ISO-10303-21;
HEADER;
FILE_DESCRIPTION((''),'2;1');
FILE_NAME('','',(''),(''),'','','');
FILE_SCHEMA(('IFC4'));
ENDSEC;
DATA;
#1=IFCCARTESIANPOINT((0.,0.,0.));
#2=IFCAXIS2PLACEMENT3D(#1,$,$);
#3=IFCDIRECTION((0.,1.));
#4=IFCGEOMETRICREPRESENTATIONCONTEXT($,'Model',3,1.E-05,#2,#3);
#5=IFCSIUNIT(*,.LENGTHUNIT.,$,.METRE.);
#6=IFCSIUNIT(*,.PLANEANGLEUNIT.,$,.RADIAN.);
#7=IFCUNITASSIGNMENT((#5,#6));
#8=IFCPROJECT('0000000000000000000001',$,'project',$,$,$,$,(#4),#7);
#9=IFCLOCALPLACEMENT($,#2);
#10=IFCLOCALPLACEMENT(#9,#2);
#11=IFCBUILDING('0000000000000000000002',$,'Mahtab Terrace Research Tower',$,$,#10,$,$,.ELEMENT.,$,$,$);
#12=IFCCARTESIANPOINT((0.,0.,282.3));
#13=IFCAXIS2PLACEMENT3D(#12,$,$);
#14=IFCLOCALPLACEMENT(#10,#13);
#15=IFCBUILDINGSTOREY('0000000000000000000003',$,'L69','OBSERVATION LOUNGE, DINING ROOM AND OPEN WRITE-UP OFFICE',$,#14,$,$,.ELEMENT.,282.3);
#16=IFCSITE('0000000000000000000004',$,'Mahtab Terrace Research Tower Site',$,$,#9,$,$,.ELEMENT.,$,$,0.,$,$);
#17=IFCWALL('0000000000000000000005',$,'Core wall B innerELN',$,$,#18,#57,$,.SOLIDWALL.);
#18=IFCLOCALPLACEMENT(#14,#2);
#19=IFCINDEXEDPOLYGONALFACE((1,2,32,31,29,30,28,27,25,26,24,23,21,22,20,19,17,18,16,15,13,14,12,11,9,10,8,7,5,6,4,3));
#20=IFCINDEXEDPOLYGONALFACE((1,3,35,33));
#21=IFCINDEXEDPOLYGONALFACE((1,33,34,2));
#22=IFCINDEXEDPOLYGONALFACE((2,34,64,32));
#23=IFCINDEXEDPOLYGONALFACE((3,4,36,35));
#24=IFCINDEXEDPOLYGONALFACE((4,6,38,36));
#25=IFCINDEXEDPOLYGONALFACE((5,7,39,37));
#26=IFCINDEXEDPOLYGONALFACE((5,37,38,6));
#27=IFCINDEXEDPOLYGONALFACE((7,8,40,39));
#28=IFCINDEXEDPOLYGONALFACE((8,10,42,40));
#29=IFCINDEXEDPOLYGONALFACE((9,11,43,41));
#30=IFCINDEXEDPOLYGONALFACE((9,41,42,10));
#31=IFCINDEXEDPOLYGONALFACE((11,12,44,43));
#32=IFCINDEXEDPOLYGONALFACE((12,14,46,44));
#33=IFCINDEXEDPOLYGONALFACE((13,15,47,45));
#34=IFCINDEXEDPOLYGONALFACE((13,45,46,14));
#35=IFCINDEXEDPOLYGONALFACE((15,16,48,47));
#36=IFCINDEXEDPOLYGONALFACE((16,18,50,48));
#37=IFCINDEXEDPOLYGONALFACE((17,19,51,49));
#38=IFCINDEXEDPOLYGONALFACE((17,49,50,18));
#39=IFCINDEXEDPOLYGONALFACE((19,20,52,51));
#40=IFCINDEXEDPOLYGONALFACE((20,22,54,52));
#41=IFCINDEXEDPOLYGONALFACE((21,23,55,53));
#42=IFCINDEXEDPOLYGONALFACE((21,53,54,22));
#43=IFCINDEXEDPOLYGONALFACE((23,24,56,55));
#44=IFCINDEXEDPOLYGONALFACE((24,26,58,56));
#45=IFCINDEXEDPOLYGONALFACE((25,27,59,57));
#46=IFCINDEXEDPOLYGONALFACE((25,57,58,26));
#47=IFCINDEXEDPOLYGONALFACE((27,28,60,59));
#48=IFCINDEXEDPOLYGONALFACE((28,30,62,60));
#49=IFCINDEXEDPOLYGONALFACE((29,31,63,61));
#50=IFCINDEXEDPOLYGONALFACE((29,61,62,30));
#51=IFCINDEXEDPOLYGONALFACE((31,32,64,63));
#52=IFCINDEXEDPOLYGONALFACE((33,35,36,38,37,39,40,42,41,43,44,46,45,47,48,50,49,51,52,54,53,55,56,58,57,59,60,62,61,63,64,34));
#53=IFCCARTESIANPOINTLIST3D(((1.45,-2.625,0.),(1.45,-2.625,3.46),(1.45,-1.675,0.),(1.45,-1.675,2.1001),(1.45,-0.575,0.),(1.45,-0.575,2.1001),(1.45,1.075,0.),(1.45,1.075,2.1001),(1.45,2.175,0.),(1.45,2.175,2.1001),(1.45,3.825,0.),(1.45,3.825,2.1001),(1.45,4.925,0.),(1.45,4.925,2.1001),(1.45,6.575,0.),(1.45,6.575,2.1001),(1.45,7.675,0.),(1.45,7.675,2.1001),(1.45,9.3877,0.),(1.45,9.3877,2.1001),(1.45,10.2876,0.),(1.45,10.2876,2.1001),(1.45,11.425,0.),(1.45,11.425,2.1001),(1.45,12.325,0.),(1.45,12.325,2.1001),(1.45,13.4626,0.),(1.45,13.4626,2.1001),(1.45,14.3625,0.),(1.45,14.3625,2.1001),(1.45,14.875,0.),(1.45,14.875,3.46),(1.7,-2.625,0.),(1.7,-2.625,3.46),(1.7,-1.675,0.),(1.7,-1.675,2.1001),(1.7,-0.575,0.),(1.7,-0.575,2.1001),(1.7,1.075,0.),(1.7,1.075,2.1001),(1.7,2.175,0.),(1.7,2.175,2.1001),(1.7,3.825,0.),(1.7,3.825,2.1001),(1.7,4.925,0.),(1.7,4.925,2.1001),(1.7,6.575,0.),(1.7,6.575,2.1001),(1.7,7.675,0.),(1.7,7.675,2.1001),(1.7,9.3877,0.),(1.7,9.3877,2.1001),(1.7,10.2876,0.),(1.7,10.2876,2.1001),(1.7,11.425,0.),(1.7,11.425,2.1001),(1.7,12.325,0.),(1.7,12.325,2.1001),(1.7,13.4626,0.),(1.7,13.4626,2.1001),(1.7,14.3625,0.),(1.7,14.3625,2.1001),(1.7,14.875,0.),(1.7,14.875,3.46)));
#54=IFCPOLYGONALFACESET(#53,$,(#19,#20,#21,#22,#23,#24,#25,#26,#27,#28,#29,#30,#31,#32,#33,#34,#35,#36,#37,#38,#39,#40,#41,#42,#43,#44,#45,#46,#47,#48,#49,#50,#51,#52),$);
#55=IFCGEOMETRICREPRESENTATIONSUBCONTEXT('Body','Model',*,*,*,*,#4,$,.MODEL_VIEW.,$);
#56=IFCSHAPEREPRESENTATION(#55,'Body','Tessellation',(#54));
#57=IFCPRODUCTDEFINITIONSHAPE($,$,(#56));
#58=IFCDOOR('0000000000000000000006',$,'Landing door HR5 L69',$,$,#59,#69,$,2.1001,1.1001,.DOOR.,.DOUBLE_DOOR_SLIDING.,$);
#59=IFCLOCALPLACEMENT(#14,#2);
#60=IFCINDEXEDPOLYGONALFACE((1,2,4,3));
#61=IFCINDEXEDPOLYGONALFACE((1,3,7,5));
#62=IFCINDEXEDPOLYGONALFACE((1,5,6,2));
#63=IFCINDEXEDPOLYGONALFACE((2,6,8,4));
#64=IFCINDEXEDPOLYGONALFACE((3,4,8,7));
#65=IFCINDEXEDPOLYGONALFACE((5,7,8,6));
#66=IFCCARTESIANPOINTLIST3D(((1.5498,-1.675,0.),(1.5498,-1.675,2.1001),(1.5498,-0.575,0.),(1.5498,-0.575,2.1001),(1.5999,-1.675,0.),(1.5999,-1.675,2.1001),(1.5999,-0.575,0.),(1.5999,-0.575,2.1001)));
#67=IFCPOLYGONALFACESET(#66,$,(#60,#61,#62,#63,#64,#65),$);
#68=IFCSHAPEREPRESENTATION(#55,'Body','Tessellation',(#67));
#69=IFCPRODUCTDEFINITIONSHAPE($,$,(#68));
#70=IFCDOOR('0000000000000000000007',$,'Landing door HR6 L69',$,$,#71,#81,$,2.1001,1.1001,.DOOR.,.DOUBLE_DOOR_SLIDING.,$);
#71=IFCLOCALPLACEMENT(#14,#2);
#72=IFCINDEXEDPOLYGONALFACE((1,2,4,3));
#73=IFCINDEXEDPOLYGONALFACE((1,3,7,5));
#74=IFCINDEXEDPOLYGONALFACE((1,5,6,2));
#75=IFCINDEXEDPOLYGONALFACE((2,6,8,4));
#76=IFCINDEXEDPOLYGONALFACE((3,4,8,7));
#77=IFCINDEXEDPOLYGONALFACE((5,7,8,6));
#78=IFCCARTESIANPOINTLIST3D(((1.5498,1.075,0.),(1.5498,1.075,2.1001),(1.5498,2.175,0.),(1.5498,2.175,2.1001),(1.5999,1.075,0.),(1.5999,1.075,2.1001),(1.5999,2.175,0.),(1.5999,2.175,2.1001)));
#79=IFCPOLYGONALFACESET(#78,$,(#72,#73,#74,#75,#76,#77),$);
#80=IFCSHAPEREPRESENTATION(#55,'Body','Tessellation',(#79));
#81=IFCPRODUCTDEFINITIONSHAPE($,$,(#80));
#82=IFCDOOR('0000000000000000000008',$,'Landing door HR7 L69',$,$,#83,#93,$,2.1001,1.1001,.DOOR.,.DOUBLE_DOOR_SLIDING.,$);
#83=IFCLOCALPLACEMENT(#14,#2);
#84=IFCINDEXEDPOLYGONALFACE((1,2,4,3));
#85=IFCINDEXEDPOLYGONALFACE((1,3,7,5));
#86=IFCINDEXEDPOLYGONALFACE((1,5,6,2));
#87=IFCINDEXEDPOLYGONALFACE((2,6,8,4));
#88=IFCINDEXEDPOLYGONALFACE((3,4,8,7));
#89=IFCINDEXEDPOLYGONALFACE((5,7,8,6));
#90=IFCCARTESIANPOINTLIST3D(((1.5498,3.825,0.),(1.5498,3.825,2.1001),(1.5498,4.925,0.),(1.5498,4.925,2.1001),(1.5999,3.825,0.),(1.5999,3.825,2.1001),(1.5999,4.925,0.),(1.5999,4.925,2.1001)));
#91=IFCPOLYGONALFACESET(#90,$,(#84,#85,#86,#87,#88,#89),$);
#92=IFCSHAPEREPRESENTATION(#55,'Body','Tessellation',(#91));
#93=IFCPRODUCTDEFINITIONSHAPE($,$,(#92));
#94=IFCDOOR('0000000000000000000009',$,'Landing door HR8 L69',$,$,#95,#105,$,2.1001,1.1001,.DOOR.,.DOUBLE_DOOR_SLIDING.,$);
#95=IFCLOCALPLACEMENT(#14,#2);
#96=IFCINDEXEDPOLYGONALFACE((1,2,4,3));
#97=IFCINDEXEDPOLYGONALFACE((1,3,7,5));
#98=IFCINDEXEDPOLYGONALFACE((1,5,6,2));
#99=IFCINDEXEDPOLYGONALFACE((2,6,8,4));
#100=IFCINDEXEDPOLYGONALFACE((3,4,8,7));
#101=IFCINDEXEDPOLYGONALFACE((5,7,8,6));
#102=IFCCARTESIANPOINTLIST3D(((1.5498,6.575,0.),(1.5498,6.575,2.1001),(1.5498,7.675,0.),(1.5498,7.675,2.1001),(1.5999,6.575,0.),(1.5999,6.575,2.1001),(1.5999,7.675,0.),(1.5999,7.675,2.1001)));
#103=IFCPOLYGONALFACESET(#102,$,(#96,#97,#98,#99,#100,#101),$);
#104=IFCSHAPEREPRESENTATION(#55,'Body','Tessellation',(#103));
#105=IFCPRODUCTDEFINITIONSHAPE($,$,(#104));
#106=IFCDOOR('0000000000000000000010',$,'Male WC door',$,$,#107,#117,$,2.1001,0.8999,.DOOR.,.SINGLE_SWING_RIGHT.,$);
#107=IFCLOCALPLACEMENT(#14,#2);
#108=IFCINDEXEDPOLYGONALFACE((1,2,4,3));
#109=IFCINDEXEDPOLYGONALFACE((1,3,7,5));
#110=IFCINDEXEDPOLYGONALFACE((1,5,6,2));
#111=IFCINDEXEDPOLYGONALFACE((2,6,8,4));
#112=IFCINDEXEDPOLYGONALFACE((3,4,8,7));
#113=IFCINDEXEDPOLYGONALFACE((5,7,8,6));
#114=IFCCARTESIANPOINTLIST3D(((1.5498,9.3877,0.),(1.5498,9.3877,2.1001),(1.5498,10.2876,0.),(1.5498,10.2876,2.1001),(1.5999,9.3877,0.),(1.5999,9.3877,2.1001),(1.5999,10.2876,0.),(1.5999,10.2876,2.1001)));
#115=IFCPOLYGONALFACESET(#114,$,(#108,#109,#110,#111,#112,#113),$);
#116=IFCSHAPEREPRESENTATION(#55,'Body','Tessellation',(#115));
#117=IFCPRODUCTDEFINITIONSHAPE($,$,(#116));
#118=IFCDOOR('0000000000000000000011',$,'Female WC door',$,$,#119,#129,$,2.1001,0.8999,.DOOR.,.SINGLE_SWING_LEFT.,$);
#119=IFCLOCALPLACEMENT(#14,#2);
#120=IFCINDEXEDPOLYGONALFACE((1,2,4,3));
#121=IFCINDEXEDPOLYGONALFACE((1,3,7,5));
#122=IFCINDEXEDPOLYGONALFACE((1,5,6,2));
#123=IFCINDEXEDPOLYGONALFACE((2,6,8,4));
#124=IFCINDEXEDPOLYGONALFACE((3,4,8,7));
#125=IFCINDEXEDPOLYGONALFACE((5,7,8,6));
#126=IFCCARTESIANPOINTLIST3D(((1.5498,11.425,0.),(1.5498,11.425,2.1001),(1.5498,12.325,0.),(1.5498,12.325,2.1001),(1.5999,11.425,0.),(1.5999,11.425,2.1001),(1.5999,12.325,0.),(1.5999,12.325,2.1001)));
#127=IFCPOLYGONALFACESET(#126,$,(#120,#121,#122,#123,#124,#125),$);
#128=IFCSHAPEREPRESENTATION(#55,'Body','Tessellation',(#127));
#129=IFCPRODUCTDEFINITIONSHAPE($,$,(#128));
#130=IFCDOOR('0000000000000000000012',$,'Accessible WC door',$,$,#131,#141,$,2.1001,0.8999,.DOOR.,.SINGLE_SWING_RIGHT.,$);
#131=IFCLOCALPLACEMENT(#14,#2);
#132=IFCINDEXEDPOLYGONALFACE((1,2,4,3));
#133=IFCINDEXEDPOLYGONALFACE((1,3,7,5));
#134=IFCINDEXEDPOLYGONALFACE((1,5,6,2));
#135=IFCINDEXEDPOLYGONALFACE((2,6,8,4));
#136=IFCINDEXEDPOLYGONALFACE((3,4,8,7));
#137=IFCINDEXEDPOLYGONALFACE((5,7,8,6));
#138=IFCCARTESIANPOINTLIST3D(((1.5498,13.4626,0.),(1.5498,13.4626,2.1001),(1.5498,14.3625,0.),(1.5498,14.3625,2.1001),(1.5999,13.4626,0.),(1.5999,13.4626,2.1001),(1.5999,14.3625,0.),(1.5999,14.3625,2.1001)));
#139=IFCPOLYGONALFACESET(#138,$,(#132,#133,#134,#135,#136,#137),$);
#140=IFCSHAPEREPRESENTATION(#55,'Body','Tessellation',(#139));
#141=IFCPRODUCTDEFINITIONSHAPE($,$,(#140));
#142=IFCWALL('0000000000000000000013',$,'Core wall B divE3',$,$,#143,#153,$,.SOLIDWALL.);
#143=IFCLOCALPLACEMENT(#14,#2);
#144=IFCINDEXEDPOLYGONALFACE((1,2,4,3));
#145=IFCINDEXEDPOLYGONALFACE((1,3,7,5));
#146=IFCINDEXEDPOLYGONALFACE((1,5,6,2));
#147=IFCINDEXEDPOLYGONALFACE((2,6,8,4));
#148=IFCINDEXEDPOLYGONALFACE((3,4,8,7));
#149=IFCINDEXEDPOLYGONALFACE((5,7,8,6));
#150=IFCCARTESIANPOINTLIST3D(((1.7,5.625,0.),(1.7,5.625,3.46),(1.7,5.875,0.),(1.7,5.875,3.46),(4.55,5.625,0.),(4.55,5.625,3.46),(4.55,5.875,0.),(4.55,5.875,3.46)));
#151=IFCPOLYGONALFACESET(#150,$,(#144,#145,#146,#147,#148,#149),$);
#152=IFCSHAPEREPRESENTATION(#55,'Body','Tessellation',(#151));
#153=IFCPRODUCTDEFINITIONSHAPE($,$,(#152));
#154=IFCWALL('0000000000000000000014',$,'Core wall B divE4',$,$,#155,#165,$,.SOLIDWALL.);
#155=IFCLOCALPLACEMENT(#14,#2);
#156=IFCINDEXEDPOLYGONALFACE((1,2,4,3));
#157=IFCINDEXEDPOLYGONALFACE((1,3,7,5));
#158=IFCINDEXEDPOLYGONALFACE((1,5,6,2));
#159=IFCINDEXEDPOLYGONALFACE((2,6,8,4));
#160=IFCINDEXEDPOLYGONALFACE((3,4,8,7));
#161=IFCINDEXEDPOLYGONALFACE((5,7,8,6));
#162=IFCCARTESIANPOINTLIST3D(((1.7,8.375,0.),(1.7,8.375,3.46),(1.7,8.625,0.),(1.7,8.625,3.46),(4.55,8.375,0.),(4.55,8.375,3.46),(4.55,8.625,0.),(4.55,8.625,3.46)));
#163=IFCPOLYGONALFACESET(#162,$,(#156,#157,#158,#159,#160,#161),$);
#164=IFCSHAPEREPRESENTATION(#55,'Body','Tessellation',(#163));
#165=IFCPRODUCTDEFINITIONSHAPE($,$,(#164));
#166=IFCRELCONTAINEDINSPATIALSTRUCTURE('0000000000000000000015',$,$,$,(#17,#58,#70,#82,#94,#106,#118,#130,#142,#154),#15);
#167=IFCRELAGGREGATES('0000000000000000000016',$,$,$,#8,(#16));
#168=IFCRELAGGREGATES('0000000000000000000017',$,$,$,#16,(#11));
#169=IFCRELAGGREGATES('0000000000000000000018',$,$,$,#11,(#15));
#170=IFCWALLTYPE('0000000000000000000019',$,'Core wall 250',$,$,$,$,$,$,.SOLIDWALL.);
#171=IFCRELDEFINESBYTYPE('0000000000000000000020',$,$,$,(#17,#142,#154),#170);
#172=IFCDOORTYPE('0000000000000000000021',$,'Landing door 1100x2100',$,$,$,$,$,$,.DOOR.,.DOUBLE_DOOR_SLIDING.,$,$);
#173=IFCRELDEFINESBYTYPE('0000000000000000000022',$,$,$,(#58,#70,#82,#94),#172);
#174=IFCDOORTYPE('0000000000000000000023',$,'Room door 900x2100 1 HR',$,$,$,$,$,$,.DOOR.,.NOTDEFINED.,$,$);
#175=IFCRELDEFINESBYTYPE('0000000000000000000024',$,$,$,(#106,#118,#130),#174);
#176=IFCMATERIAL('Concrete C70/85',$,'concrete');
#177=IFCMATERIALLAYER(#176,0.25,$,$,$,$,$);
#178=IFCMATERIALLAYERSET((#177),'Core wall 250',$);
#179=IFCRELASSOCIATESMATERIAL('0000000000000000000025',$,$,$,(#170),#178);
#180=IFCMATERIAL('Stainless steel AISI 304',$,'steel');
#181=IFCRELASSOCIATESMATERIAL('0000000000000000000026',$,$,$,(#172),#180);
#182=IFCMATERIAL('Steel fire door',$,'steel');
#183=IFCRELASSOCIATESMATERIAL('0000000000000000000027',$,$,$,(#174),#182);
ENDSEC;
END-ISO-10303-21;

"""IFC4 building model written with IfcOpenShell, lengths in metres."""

from ifc_helpers import new_model, si_unit, direction, frame, frame_2d, origin, place, context, subcontext, project, spatial, rectangle, extrude, material, layer, layer_set, type_object, element, fill, save


model = new_model("IFC4")

# Units and contexts
model_context = context("Model", 3, precision=1e-05, world=origin(), true_north=direction((0.0, 1.0)))
body_context = subcontext(model_context, "Body", "Model", "MODEL_VIEW")
ifc_project = project(units=[si_unit("LENGTHUNIT", "METRE"), si_unit("PLANEANGLEUNIT", "RADIAN")], contexts=[model_context])

# Site, building, storey
site_placement = place(None, origin())
site = spatial("IfcSite", under=ifc_project, at=site_placement, Name="Mahtab Terrace Research Tower Site", CompositionType="ELEMENT", RefElevation=0.0)
building_placement = place(site_placement, origin())
building = spatial("IfcBuilding", under=site, at=building_placement, Name="Mahtab Terrace Research Tower", CompositionType="ELEMENT")
storey_placement = place(building_placement, frame((0.0, 0.0, 282.3)))
storey = spatial("IfcBuildingStorey", under=building, at=storey_placement, Name="L69", Description="OBSERVATION LOUNGE, DINING ROOM AND OPEN WRITE-UP OFFICE", CompositionType="ELEMENT", Elevation=282.3)

# Shared definitions
ifc_material_1 = material(Name="Concrete C70/85", Category="concrete")

# Wall, openings, doors
ifc_layer_1 = layer(ifc_material_1, 0.25)
ifc_layer_set_1 = layer_set([ifc_layer_1], Name="Core wall 250")
wall_type_1 = type_object("IfcWallType", Name="Core wall 250", PredefinedType="SOLIDWALL", material=ifc_layer_set_1)
wall_1_placement = place(storey_placement, frame((1.575, 14.875, 0.0), z_axis=(0.0, 0.0, 1.0), x_axis=(0.0, -1.0, 0.0)))
wall_1 = element("IfcWall", 1, at=wall_1_placement, inside=storey, type_object=wall_type_1, Name="Core wall B innerELN", PredefinedType="SOLIDWALL", context=body_context, shape_type="SweptSolid", body=[
    extrude(rectangle(XDim=17.5, YDim=0.25, at=frame_2d((8.75, 0.0))), origin(), (0.0, 0.0, 1.0), 3.46),
])
opening_1_placement = place(wall_1_placement, frame((15.45, 0.0, 0.0)))
opening_1 = element("IfcOpeningElement", 2, at=opening_1_placement, cuts=wall_1, PredefinedType="OPENING", context=body_context, shape_type="SweptSolid", body=[
    extrude(rectangle(XDim=1.1001, YDim=2.1001, at=frame_2d((0.55, 1.05))), frame((0.0, 0.135, 0.0), z_axis=(0.0, -1.0, 0.0), x_axis=(1.0, 0.0, 0.0)), (0.0, 0.0, 1.0), 0.27),
])
opening_2_placement = place(wall_1_placement, frame((12.7, 0.0, 0.0)))
opening_2 = element("IfcOpeningElement", 3, at=opening_2_placement, cuts=wall_1, PredefinedType="OPENING", context=body_context, shape_type="SweptSolid", body=[
    extrude(rectangle(XDim=1.1001, YDim=2.1001, at=frame_2d((0.55, 1.05))), frame((0.0, 0.135, 0.0), z_axis=(0.0, -1.0, 0.0), x_axis=(1.0, 0.0, 0.0)), (0.0, 0.0, 1.0), 0.27),
])
opening_3_placement = place(wall_1_placement, frame((9.95, 0.0, 0.0)))
opening_3 = element("IfcOpeningElement", 4, at=opening_3_placement, cuts=wall_1, PredefinedType="OPENING", context=body_context, shape_type="SweptSolid", body=[
    extrude(rectangle(XDim=1.1001, YDim=2.1001, at=frame_2d((0.55, 1.05))), frame((0.0, 0.135, 0.0), z_axis=(0.0, -1.0, 0.0), x_axis=(1.0, 0.0, 0.0)), (0.0, 0.0, 1.0), 0.27),
])
opening_4_placement = place(wall_1_placement, frame((7.2, 0.0, 0.0)))
opening_4 = element("IfcOpeningElement", 5, at=opening_4_placement, cuts=wall_1, PredefinedType="OPENING", context=body_context, shape_type="SweptSolid", body=[
    extrude(rectangle(XDim=1.1001, YDim=2.1001, at=frame_2d((0.55, 1.05))), frame((0.0, 0.135, 0.0), z_axis=(0.0, -1.0, 0.0), x_axis=(1.0, 0.0, 0.0)), (0.0, 0.0, 1.0), 0.27),
])
opening_5_placement = place(wall_1_placement, frame((4.5874, 0.0, 0.0)))
opening_5 = element("IfcOpeningElement", 6, at=opening_5_placement, cuts=wall_1, PredefinedType="OPENING", context=body_context, shape_type="SweptSolid", body=[
    extrude(rectangle(XDim=0.8999, YDim=2.1001, at=frame_2d((0.45, 1.05))), frame((0.0, 0.135, 0.0), z_axis=(0.0, -1.0, 0.0), x_axis=(1.0, 0.0, 0.0)), (0.0, 0.0, 1.0), 0.27),
])
opening_6_placement = place(wall_1_placement, frame((2.55, 0.0, 0.0)))
opening_6 = element("IfcOpeningElement", 7, at=opening_6_placement, cuts=wall_1, PredefinedType="OPENING", context=body_context, shape_type="SweptSolid", body=[
    extrude(rectangle(XDim=0.8999, YDim=2.1001, at=frame_2d((0.45, 1.05))), frame((0.0, 0.135, 0.0), z_axis=(0.0, -1.0, 0.0), x_axis=(1.0, 0.0, 0.0)), (0.0, 0.0, 1.0), 0.27),
])
opening_7_placement = place(wall_1_placement, frame((0.5125, 0.0, 0.0)))
opening_7 = element("IfcOpeningElement", 8, at=opening_7_placement, cuts=wall_1, PredefinedType="OPENING", context=body_context, shape_type="SweptSolid", body=[
    extrude(rectangle(XDim=0.8999, YDim=2.1001, at=frame_2d((0.45, 1.05))), frame((0.0, 0.135, 0.0), z_axis=(0.0, -1.0, 0.0), x_axis=(1.0, 0.0, 0.0)), (0.0, 0.0, 1.0), 0.27),
])
ifc_material_2 = material(Name="Stainless steel AISI 304", Category="steel")
door_type_1 = type_object("IfcDoorType", Name="Landing door 1100x2100", OperationType="DOUBLE_DOOR_SLIDING", PredefinedType="DOOR", material=ifc_material_2)
door_1_placement = place(opening_1_placement, origin())
door_1 = element("IfcDoor", 9, at=door_1_placement, inside=storey, type_object=door_type_1, Name="Landing door HR5 L69", OperationType="DOUBLE_DOOR_SLIDING", OverallHeight=2.1001, OverallWidth=1.1001, PredefinedType="DOOR", context=body_context, shape_type="SweptSolid", body=[
    extrude(rectangle(XDim=1.1001, YDim=2.1001, at=frame_2d((0.55, 1.05))), frame((0.0, 0.0249, 0.0), z_axis=(0.0, -1.0, 0.0), x_axis=(1.0, 0.0, 0.0)), (0.0, 0.0, 1.0), 0.05),
])
fill(opening_1, door_1)
door_2_placement = place(opening_2_placement, origin())
door_2 = element("IfcDoor", 10, at=door_2_placement, inside=storey, type_object=door_type_1, Name="Landing door HR6 L69", OperationType="DOUBLE_DOOR_SLIDING", OverallHeight=2.1001, OverallWidth=1.1001, PredefinedType="DOOR", context=body_context, shape_type="SweptSolid", body=[
    extrude(rectangle(XDim=1.1001, YDim=2.1001, at=frame_2d((0.55, 1.05))), frame((0.0, 0.0249, 0.0), z_axis=(0.0, -1.0, 0.0), x_axis=(1.0, 0.0, 0.0)), (0.0, 0.0, 1.0), 0.05),
])
fill(opening_2, door_2)
door_3_placement = place(opening_3_placement, origin())
door_3 = element("IfcDoor", 11, at=door_3_placement, inside=storey, type_object=door_type_1, Name="Landing door HR7 L69", OperationType="DOUBLE_DOOR_SLIDING", OverallHeight=2.1001, OverallWidth=1.1001, PredefinedType="DOOR", context=body_context, shape_type="SweptSolid", body=[
    extrude(rectangle(XDim=1.1001, YDim=2.1001, at=frame_2d((0.55, 1.05))), frame((0.0, 0.0249, 0.0), z_axis=(0.0, -1.0, 0.0), x_axis=(1.0, 0.0, 0.0)), (0.0, 0.0, 1.0), 0.05),
])
fill(opening_3, door_3)
door_4_placement = place(opening_4_placement, origin())
door_4 = element("IfcDoor", 12, at=door_4_placement, inside=storey, type_object=door_type_1, Name="Landing door HR8 L69", OperationType="DOUBLE_DOOR_SLIDING", OverallHeight=2.1001, OverallWidth=1.1001, PredefinedType="DOOR", context=body_context, shape_type="SweptSolid", body=[
    extrude(rectangle(XDim=1.1001, YDim=2.1001, at=frame_2d((0.55, 1.05))), frame((0.0, 0.0249, 0.0), z_axis=(0.0, -1.0, 0.0), x_axis=(1.0, 0.0, 0.0)), (0.0, 0.0, 1.0), 0.05),
])
fill(opening_4, door_4)
ifc_material_3 = material(Name="Steel fire door", Category="steel")
door_type_2 = type_object("IfcDoorType", Name="Room door 900x2100 1 HR", OperationType="NOTDEFINED", PredefinedType="DOOR", material=ifc_material_3)
door_5_placement = place(opening_5_placement, origin())
door_5 = element("IfcDoor", 13, at=door_5_placement, inside=storey, type_object=door_type_2, Name="Male WC door", OperationType="SINGLE_SWING_RIGHT", OverallHeight=2.1001, OverallWidth=0.8999, PredefinedType="DOOR", context=body_context, shape_type="SweptSolid", body=[
    extrude(rectangle(XDim=0.8999, YDim=2.1001, at=frame_2d((0.45, 1.05))), frame((0.0, 0.0249, 0.0), z_axis=(0.0, -1.0, 0.0), x_axis=(1.0, 0.0, 0.0)), (0.0, 0.0, 1.0), 0.05),
])
fill(opening_5, door_5)
door_6_placement = place(opening_6_placement, origin())
door_6 = element("IfcDoor", 14, at=door_6_placement, inside=storey, type_object=door_type_2, Name="Female WC door", OperationType="SINGLE_SWING_LEFT", OverallHeight=2.1001, OverallWidth=0.8999, PredefinedType="DOOR", context=body_context, shape_type="SweptSolid", body=[
    extrude(rectangle(XDim=0.8999, YDim=2.1001, at=frame_2d((0.45, 1.05))), frame((0.0, 0.0249, 0.0), z_axis=(0.0, -1.0, 0.0), x_axis=(1.0, 0.0, 0.0)), (0.0, 0.0, 1.0), 0.05),
])
fill(opening_6, door_6)
door_7_placement = place(opening_7_placement, origin())
door_7 = element("IfcDoor", 15, at=door_7_placement, inside=storey, type_object=door_type_2, Name="Accessible WC door", OperationType="SINGLE_SWING_RIGHT", OverallHeight=2.1001, OverallWidth=0.8999, PredefinedType="DOOR", context=body_context, shape_type="SweptSolid", body=[
    extrude(rectangle(XDim=0.8999, YDim=2.1001, at=frame_2d((0.45, 1.05))), frame((0.0, 0.0249, 0.0), z_axis=(0.0, -1.0, 0.0), x_axis=(1.0, 0.0, 0.0)), (0.0, 0.0, 1.0), 0.05),
])
fill(opening_7, door_7)

# Walls
for number, where, z_axis, x_axis, name in (
    (16, (1.7, 5.75, 0.0), (0.0, 0.0, 1.0), (1.0, 0.0, 0.0), "Core wall B divE3"),
    (17, (1.7, 8.5, 0.0), (0.0, 0.0, 1.0), (1.0, 0.0, 0.0), "Core wall B divE4"),
):
    element("IfcWall", number, at=place(storey_placement, frame(where, z_axis=z_axis, x_axis=x_axis)), inside=storey, type_object=wall_type_1, Name=name, PredefinedType="SOLIDWALL", context=body_context, shape_type="SweptSolid", body=[
        extrude(rectangle(XDim=2.8501, YDim=0.25, at=frame_2d((1.425, 0.0))), origin(), (0.0, 0.0, 1.0), 3.46),
    ])

save(model, "model.ifc")
